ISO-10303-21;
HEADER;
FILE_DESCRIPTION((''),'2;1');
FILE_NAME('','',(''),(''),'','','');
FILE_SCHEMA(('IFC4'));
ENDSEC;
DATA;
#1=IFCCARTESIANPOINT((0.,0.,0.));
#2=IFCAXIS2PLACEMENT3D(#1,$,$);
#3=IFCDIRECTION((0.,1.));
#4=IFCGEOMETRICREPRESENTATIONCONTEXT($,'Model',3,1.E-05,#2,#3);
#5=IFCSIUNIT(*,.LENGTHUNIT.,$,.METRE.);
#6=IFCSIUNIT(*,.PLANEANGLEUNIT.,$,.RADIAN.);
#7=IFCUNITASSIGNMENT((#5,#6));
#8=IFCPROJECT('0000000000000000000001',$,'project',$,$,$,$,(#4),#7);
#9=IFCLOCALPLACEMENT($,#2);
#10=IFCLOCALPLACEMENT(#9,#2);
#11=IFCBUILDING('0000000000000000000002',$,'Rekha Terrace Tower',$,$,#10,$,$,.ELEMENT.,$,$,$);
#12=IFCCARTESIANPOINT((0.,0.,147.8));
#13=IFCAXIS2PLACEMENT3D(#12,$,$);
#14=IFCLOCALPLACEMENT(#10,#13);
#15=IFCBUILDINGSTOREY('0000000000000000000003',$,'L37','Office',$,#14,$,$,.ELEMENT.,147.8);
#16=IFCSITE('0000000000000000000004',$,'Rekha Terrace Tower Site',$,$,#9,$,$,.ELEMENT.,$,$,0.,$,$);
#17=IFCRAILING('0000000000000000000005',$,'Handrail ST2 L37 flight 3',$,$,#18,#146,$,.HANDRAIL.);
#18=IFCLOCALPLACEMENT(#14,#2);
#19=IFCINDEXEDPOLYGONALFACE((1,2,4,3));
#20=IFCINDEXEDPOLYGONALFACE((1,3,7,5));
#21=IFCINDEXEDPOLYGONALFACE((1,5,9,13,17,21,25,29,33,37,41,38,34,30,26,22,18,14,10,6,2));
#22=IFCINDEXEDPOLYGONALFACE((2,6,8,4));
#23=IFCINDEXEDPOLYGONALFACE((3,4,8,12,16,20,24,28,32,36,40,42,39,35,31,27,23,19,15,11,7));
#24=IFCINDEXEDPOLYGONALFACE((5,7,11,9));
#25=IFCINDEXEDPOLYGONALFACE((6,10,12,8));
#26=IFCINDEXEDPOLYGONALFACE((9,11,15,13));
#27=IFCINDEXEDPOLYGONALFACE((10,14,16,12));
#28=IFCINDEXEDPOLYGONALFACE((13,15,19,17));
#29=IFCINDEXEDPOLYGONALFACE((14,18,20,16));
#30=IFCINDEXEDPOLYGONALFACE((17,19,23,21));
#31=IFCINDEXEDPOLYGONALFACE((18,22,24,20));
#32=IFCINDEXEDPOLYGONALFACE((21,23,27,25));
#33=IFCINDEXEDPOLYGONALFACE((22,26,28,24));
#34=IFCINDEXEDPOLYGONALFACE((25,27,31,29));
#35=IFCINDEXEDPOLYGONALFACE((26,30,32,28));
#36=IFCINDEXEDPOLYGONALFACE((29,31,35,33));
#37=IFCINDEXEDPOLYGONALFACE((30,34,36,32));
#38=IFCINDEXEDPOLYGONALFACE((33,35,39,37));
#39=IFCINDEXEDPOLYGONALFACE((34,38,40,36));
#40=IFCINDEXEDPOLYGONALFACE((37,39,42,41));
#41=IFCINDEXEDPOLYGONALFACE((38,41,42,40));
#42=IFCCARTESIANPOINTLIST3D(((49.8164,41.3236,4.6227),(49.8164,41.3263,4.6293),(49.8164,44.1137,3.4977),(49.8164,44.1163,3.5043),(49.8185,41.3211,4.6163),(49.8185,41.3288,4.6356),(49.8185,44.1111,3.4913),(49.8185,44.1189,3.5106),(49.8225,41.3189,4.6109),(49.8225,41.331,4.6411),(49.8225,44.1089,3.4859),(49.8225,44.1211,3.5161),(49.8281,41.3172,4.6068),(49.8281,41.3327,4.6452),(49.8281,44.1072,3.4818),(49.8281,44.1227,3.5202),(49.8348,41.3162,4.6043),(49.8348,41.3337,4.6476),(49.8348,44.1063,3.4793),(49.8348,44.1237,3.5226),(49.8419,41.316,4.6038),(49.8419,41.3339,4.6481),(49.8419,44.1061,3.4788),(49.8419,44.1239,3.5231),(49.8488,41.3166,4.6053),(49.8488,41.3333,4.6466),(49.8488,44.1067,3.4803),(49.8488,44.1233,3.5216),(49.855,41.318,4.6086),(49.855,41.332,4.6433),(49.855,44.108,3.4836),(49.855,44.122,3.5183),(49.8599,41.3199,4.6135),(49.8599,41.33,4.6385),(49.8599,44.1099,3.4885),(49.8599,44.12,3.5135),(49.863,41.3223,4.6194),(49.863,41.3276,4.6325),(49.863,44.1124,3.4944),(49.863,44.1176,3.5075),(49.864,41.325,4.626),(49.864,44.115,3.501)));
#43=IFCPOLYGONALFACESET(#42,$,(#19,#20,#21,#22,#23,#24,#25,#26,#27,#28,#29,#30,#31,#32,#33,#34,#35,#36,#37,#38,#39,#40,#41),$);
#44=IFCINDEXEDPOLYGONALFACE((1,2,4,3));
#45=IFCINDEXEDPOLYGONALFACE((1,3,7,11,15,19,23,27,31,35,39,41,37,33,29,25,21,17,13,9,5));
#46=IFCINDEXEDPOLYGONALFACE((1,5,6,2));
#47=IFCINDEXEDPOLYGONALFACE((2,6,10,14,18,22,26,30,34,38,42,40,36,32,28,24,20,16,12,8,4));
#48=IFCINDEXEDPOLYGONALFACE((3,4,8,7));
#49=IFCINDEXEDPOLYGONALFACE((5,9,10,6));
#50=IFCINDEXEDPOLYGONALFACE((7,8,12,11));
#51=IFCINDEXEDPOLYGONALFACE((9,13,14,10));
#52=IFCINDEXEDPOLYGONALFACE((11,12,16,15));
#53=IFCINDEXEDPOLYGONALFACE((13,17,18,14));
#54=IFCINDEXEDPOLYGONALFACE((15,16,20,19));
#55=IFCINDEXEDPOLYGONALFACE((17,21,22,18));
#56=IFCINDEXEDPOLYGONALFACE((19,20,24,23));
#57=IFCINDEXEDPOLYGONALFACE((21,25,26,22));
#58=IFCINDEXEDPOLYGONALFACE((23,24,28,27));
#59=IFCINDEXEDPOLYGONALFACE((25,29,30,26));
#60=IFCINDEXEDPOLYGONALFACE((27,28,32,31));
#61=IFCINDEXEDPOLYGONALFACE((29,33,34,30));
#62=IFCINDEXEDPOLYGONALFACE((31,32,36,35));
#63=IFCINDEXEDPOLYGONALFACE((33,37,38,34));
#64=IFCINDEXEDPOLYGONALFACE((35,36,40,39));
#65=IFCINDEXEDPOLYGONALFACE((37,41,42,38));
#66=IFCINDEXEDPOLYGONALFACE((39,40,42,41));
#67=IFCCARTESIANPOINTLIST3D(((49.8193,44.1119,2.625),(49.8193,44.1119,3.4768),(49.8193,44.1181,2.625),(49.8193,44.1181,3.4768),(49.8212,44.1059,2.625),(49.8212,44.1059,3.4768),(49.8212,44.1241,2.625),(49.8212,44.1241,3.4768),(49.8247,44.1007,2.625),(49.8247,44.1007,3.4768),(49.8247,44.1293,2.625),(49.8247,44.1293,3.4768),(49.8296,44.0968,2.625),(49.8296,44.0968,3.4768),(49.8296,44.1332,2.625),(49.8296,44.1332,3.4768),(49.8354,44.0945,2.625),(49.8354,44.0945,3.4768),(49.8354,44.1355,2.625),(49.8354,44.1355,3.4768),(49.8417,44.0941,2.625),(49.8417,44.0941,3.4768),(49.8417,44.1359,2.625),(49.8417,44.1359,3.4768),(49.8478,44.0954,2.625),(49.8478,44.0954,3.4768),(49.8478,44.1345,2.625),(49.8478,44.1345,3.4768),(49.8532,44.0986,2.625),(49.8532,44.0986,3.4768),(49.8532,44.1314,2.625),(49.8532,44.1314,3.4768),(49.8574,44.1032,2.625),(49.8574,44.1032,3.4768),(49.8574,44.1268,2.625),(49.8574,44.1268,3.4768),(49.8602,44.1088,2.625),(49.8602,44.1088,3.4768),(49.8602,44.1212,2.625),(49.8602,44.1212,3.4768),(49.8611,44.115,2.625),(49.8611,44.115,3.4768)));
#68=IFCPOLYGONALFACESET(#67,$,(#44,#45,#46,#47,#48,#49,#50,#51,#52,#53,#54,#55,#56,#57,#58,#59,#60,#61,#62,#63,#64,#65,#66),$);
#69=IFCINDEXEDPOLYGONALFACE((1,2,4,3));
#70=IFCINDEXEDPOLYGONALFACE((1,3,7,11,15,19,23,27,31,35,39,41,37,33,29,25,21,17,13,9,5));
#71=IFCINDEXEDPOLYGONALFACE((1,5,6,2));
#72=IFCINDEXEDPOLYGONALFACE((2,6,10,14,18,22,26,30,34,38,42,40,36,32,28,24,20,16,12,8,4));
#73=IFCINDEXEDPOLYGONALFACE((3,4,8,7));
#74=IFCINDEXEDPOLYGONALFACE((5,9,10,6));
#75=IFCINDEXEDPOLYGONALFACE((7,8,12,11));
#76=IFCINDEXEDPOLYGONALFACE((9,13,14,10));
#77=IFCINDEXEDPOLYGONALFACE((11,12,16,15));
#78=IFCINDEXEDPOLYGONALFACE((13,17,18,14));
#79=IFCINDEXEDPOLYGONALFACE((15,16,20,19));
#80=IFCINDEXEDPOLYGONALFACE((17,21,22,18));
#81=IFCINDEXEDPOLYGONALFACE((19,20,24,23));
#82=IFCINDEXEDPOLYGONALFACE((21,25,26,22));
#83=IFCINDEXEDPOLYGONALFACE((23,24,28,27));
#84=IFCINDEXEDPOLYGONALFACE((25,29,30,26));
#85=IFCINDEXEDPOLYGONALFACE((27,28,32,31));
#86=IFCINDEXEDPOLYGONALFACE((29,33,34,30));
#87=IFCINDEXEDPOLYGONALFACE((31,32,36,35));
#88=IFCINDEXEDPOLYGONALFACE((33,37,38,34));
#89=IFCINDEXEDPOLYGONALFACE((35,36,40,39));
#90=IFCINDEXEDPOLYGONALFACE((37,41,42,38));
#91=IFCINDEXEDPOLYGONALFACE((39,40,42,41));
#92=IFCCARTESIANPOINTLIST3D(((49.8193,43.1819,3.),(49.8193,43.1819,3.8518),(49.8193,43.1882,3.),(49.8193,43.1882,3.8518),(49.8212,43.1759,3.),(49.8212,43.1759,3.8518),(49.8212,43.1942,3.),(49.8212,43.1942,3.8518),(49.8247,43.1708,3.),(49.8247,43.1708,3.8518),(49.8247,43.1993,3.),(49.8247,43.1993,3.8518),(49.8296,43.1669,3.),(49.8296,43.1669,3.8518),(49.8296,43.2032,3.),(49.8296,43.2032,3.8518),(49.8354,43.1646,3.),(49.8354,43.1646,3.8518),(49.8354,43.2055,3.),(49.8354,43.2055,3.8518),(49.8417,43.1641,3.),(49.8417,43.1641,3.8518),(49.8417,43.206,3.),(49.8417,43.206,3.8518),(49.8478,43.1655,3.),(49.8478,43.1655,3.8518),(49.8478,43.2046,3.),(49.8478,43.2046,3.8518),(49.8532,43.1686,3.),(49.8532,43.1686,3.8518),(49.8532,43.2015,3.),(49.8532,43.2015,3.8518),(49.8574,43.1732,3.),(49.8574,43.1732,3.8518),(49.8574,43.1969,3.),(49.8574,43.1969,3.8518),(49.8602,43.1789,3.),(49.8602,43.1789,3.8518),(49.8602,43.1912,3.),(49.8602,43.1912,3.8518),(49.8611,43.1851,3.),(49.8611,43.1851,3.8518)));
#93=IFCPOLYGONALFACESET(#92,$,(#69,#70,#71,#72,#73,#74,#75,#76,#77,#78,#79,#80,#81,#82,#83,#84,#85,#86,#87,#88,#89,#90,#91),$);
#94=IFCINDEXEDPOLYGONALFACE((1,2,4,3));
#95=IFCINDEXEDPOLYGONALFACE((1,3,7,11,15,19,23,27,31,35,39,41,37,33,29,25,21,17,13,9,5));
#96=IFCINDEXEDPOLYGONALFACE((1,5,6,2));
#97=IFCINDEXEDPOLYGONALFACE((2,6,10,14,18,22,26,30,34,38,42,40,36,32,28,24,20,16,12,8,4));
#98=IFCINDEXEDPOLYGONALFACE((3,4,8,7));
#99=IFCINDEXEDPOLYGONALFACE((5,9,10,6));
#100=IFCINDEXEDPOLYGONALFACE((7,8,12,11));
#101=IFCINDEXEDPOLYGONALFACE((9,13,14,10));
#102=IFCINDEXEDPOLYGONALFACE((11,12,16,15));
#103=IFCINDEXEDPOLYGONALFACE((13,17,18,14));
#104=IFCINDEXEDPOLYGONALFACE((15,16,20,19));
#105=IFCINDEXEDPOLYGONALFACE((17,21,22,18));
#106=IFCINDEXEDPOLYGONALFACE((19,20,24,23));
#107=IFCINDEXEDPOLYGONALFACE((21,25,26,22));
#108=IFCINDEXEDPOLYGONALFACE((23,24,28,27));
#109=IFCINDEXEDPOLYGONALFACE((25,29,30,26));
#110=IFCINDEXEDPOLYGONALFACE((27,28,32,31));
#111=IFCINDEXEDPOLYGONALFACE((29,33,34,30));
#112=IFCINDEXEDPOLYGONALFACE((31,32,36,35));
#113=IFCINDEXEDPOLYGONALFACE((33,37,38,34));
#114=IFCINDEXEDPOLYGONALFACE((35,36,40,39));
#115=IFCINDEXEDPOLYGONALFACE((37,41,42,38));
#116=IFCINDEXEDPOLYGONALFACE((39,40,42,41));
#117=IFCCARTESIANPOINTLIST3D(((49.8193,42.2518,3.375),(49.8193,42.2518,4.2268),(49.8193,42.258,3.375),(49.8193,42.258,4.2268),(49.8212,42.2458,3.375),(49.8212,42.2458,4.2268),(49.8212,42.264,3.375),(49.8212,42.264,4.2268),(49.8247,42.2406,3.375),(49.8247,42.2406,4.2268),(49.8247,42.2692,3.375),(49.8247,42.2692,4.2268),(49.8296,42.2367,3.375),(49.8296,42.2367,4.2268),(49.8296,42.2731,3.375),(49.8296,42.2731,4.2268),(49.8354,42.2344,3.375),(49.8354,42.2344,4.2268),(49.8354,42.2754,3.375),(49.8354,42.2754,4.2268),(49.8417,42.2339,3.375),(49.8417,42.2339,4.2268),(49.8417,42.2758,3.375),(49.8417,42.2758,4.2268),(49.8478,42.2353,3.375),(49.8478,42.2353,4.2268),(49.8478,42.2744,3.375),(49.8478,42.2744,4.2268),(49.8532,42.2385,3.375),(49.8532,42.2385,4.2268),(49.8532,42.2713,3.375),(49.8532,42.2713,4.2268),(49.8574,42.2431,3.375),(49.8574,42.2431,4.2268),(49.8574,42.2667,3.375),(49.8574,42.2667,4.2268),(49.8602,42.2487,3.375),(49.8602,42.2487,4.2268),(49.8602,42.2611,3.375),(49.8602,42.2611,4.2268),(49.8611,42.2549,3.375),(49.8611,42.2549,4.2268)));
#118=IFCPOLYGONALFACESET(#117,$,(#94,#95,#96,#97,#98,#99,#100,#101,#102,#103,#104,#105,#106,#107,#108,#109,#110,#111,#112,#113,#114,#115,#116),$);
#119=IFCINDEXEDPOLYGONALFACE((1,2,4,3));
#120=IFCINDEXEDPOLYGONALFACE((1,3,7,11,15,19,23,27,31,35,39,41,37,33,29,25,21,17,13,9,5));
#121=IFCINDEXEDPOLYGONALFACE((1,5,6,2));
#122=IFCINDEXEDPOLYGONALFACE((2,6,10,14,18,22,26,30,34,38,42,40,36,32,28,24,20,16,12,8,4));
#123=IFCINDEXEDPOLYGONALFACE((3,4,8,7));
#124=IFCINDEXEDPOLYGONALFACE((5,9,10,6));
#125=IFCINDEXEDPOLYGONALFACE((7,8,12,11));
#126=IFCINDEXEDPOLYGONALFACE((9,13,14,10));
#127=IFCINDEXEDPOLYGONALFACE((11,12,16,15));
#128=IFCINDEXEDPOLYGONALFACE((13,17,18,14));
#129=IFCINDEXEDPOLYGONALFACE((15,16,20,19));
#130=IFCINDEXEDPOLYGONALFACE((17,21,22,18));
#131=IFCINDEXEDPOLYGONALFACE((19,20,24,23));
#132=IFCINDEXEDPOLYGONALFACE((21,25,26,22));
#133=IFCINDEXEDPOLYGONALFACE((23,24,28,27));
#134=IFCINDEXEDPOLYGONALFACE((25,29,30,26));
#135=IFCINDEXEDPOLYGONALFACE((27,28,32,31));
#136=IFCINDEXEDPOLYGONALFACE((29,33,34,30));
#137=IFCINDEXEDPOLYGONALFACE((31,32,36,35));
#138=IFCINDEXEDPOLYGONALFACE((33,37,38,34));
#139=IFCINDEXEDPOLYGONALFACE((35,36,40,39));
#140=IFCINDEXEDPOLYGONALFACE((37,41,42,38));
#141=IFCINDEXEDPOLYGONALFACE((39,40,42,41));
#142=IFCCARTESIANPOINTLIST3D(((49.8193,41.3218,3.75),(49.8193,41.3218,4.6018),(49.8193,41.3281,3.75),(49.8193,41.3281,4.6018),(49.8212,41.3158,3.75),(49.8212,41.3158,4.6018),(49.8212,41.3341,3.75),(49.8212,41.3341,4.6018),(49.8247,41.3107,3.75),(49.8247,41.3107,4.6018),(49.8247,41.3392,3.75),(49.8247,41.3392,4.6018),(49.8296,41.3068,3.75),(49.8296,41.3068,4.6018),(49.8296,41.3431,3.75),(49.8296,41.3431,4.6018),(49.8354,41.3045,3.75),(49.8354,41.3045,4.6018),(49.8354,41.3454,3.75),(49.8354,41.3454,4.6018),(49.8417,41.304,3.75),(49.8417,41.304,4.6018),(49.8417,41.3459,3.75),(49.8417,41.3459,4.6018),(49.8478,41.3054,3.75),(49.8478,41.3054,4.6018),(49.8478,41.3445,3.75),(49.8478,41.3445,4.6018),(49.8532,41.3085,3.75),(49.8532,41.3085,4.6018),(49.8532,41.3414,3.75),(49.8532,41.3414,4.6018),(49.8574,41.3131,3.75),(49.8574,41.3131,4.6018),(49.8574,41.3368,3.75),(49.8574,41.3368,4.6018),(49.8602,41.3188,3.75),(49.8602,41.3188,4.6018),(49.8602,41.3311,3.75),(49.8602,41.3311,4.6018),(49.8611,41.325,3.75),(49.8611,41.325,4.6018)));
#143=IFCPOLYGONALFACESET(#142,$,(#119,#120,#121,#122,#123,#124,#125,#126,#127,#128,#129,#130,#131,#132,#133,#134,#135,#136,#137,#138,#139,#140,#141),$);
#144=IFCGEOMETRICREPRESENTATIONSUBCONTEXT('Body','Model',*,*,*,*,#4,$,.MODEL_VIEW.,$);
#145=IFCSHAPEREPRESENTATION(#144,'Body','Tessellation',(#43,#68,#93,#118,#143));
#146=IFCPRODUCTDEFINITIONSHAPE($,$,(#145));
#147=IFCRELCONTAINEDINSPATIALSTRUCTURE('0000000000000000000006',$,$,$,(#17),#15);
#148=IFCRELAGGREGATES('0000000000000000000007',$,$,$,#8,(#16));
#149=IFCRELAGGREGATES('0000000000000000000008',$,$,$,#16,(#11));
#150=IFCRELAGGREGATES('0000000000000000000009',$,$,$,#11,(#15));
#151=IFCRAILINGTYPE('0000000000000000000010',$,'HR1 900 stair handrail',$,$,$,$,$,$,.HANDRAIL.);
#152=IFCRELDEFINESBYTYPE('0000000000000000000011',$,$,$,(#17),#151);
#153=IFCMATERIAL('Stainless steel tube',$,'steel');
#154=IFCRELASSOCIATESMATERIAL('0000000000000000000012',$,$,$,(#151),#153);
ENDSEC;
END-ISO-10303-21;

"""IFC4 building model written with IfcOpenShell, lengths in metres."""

from ifc_helpers import new_model, si_unit, direction, frame, origin, origin_2d, place, context, subcontext, project, spatial, circle, extrude, material, type_object, element, save


model = new_model("IFC4")

# Units and contexts
model_context = context("Model", 3, precision=1e-05, world=origin(), true_north=direction((0.0, 1.0)))
body_context = subcontext(model_context, "Body", "Model", "MODEL_VIEW")
ifc_project = project(units=[si_unit("LENGTHUNIT", "METRE"), si_unit("PLANEANGLEUNIT", "RADIAN")], contexts=[model_context])

# Site, building, storey
site_placement = place(None, origin())
site = spatial("IfcSite", under=ifc_project, at=site_placement, Name="Rekha Terrace Tower Site", CompositionType="ELEMENT", RefElevation=0.0)
building_placement = place(site_placement, origin())
building = spatial("IfcBuilding", under=site, at=building_placement, Name="Rekha Terrace Tower", CompositionType="ELEMENT")
storey_placement = place(building_placement, frame((0.0, 0.0, 147.8)))
storey = spatial("IfcBuildingStorey", under=building, at=storey_placement, Name="L37", Description="Office", CompositionType="ELEMENT", Elevation=147.8)

# Railing
ifc_material_1 = material(Name="Stainless steel tube", Category="steel")
railing_type_1 = type_object("IfcRailingType", Name="HR1 900 stair handrail", PredefinedType="HANDRAIL", material=ifc_material_1)
railing_1_placement = place(storey_placement, frame((49.8401, 44.115, 2.625)))
element("IfcRailing", 1, at=railing_1_placement, inside=storey, type_object=railing_type_1, Name="Handrail ST2 L37 flight 3", PredefinedType="HANDRAIL", context=body_context, shape_type="SweptSolid", body=[
    extrude(circle(Radius=0.0239, at=origin_2d()), frame((0.0, 0.0, 0.876), z_axis=(0.0, -0.927443, 0.373964), x_axis=(1.0, 0.0, 0.0)), (0.0, 0.0, 1.0), 3.0083),
    extrude(circle(Radius=0.021, at=origin_2d()), origin(), (0.0, 0.0, 1.0), 0.8518),
    extrude(circle(Radius=0.021, at=origin_2d()), frame((0.0, -0.9299, 0.375)), (0.0, 0.0, 1.0), 0.8518),
    extrude(circle(Radius=0.021, at=origin_2d()), frame((0.0, -1.8601, 0.75)), (0.0, 0.0, 1.0), 0.8518),
    extrude(circle(Radius=0.021, at=origin_2d()), frame((0.0, -2.79, 1.125)), (0.0, 0.0, 1.0), 0.8518),
])

save(model, "model.ifc")
